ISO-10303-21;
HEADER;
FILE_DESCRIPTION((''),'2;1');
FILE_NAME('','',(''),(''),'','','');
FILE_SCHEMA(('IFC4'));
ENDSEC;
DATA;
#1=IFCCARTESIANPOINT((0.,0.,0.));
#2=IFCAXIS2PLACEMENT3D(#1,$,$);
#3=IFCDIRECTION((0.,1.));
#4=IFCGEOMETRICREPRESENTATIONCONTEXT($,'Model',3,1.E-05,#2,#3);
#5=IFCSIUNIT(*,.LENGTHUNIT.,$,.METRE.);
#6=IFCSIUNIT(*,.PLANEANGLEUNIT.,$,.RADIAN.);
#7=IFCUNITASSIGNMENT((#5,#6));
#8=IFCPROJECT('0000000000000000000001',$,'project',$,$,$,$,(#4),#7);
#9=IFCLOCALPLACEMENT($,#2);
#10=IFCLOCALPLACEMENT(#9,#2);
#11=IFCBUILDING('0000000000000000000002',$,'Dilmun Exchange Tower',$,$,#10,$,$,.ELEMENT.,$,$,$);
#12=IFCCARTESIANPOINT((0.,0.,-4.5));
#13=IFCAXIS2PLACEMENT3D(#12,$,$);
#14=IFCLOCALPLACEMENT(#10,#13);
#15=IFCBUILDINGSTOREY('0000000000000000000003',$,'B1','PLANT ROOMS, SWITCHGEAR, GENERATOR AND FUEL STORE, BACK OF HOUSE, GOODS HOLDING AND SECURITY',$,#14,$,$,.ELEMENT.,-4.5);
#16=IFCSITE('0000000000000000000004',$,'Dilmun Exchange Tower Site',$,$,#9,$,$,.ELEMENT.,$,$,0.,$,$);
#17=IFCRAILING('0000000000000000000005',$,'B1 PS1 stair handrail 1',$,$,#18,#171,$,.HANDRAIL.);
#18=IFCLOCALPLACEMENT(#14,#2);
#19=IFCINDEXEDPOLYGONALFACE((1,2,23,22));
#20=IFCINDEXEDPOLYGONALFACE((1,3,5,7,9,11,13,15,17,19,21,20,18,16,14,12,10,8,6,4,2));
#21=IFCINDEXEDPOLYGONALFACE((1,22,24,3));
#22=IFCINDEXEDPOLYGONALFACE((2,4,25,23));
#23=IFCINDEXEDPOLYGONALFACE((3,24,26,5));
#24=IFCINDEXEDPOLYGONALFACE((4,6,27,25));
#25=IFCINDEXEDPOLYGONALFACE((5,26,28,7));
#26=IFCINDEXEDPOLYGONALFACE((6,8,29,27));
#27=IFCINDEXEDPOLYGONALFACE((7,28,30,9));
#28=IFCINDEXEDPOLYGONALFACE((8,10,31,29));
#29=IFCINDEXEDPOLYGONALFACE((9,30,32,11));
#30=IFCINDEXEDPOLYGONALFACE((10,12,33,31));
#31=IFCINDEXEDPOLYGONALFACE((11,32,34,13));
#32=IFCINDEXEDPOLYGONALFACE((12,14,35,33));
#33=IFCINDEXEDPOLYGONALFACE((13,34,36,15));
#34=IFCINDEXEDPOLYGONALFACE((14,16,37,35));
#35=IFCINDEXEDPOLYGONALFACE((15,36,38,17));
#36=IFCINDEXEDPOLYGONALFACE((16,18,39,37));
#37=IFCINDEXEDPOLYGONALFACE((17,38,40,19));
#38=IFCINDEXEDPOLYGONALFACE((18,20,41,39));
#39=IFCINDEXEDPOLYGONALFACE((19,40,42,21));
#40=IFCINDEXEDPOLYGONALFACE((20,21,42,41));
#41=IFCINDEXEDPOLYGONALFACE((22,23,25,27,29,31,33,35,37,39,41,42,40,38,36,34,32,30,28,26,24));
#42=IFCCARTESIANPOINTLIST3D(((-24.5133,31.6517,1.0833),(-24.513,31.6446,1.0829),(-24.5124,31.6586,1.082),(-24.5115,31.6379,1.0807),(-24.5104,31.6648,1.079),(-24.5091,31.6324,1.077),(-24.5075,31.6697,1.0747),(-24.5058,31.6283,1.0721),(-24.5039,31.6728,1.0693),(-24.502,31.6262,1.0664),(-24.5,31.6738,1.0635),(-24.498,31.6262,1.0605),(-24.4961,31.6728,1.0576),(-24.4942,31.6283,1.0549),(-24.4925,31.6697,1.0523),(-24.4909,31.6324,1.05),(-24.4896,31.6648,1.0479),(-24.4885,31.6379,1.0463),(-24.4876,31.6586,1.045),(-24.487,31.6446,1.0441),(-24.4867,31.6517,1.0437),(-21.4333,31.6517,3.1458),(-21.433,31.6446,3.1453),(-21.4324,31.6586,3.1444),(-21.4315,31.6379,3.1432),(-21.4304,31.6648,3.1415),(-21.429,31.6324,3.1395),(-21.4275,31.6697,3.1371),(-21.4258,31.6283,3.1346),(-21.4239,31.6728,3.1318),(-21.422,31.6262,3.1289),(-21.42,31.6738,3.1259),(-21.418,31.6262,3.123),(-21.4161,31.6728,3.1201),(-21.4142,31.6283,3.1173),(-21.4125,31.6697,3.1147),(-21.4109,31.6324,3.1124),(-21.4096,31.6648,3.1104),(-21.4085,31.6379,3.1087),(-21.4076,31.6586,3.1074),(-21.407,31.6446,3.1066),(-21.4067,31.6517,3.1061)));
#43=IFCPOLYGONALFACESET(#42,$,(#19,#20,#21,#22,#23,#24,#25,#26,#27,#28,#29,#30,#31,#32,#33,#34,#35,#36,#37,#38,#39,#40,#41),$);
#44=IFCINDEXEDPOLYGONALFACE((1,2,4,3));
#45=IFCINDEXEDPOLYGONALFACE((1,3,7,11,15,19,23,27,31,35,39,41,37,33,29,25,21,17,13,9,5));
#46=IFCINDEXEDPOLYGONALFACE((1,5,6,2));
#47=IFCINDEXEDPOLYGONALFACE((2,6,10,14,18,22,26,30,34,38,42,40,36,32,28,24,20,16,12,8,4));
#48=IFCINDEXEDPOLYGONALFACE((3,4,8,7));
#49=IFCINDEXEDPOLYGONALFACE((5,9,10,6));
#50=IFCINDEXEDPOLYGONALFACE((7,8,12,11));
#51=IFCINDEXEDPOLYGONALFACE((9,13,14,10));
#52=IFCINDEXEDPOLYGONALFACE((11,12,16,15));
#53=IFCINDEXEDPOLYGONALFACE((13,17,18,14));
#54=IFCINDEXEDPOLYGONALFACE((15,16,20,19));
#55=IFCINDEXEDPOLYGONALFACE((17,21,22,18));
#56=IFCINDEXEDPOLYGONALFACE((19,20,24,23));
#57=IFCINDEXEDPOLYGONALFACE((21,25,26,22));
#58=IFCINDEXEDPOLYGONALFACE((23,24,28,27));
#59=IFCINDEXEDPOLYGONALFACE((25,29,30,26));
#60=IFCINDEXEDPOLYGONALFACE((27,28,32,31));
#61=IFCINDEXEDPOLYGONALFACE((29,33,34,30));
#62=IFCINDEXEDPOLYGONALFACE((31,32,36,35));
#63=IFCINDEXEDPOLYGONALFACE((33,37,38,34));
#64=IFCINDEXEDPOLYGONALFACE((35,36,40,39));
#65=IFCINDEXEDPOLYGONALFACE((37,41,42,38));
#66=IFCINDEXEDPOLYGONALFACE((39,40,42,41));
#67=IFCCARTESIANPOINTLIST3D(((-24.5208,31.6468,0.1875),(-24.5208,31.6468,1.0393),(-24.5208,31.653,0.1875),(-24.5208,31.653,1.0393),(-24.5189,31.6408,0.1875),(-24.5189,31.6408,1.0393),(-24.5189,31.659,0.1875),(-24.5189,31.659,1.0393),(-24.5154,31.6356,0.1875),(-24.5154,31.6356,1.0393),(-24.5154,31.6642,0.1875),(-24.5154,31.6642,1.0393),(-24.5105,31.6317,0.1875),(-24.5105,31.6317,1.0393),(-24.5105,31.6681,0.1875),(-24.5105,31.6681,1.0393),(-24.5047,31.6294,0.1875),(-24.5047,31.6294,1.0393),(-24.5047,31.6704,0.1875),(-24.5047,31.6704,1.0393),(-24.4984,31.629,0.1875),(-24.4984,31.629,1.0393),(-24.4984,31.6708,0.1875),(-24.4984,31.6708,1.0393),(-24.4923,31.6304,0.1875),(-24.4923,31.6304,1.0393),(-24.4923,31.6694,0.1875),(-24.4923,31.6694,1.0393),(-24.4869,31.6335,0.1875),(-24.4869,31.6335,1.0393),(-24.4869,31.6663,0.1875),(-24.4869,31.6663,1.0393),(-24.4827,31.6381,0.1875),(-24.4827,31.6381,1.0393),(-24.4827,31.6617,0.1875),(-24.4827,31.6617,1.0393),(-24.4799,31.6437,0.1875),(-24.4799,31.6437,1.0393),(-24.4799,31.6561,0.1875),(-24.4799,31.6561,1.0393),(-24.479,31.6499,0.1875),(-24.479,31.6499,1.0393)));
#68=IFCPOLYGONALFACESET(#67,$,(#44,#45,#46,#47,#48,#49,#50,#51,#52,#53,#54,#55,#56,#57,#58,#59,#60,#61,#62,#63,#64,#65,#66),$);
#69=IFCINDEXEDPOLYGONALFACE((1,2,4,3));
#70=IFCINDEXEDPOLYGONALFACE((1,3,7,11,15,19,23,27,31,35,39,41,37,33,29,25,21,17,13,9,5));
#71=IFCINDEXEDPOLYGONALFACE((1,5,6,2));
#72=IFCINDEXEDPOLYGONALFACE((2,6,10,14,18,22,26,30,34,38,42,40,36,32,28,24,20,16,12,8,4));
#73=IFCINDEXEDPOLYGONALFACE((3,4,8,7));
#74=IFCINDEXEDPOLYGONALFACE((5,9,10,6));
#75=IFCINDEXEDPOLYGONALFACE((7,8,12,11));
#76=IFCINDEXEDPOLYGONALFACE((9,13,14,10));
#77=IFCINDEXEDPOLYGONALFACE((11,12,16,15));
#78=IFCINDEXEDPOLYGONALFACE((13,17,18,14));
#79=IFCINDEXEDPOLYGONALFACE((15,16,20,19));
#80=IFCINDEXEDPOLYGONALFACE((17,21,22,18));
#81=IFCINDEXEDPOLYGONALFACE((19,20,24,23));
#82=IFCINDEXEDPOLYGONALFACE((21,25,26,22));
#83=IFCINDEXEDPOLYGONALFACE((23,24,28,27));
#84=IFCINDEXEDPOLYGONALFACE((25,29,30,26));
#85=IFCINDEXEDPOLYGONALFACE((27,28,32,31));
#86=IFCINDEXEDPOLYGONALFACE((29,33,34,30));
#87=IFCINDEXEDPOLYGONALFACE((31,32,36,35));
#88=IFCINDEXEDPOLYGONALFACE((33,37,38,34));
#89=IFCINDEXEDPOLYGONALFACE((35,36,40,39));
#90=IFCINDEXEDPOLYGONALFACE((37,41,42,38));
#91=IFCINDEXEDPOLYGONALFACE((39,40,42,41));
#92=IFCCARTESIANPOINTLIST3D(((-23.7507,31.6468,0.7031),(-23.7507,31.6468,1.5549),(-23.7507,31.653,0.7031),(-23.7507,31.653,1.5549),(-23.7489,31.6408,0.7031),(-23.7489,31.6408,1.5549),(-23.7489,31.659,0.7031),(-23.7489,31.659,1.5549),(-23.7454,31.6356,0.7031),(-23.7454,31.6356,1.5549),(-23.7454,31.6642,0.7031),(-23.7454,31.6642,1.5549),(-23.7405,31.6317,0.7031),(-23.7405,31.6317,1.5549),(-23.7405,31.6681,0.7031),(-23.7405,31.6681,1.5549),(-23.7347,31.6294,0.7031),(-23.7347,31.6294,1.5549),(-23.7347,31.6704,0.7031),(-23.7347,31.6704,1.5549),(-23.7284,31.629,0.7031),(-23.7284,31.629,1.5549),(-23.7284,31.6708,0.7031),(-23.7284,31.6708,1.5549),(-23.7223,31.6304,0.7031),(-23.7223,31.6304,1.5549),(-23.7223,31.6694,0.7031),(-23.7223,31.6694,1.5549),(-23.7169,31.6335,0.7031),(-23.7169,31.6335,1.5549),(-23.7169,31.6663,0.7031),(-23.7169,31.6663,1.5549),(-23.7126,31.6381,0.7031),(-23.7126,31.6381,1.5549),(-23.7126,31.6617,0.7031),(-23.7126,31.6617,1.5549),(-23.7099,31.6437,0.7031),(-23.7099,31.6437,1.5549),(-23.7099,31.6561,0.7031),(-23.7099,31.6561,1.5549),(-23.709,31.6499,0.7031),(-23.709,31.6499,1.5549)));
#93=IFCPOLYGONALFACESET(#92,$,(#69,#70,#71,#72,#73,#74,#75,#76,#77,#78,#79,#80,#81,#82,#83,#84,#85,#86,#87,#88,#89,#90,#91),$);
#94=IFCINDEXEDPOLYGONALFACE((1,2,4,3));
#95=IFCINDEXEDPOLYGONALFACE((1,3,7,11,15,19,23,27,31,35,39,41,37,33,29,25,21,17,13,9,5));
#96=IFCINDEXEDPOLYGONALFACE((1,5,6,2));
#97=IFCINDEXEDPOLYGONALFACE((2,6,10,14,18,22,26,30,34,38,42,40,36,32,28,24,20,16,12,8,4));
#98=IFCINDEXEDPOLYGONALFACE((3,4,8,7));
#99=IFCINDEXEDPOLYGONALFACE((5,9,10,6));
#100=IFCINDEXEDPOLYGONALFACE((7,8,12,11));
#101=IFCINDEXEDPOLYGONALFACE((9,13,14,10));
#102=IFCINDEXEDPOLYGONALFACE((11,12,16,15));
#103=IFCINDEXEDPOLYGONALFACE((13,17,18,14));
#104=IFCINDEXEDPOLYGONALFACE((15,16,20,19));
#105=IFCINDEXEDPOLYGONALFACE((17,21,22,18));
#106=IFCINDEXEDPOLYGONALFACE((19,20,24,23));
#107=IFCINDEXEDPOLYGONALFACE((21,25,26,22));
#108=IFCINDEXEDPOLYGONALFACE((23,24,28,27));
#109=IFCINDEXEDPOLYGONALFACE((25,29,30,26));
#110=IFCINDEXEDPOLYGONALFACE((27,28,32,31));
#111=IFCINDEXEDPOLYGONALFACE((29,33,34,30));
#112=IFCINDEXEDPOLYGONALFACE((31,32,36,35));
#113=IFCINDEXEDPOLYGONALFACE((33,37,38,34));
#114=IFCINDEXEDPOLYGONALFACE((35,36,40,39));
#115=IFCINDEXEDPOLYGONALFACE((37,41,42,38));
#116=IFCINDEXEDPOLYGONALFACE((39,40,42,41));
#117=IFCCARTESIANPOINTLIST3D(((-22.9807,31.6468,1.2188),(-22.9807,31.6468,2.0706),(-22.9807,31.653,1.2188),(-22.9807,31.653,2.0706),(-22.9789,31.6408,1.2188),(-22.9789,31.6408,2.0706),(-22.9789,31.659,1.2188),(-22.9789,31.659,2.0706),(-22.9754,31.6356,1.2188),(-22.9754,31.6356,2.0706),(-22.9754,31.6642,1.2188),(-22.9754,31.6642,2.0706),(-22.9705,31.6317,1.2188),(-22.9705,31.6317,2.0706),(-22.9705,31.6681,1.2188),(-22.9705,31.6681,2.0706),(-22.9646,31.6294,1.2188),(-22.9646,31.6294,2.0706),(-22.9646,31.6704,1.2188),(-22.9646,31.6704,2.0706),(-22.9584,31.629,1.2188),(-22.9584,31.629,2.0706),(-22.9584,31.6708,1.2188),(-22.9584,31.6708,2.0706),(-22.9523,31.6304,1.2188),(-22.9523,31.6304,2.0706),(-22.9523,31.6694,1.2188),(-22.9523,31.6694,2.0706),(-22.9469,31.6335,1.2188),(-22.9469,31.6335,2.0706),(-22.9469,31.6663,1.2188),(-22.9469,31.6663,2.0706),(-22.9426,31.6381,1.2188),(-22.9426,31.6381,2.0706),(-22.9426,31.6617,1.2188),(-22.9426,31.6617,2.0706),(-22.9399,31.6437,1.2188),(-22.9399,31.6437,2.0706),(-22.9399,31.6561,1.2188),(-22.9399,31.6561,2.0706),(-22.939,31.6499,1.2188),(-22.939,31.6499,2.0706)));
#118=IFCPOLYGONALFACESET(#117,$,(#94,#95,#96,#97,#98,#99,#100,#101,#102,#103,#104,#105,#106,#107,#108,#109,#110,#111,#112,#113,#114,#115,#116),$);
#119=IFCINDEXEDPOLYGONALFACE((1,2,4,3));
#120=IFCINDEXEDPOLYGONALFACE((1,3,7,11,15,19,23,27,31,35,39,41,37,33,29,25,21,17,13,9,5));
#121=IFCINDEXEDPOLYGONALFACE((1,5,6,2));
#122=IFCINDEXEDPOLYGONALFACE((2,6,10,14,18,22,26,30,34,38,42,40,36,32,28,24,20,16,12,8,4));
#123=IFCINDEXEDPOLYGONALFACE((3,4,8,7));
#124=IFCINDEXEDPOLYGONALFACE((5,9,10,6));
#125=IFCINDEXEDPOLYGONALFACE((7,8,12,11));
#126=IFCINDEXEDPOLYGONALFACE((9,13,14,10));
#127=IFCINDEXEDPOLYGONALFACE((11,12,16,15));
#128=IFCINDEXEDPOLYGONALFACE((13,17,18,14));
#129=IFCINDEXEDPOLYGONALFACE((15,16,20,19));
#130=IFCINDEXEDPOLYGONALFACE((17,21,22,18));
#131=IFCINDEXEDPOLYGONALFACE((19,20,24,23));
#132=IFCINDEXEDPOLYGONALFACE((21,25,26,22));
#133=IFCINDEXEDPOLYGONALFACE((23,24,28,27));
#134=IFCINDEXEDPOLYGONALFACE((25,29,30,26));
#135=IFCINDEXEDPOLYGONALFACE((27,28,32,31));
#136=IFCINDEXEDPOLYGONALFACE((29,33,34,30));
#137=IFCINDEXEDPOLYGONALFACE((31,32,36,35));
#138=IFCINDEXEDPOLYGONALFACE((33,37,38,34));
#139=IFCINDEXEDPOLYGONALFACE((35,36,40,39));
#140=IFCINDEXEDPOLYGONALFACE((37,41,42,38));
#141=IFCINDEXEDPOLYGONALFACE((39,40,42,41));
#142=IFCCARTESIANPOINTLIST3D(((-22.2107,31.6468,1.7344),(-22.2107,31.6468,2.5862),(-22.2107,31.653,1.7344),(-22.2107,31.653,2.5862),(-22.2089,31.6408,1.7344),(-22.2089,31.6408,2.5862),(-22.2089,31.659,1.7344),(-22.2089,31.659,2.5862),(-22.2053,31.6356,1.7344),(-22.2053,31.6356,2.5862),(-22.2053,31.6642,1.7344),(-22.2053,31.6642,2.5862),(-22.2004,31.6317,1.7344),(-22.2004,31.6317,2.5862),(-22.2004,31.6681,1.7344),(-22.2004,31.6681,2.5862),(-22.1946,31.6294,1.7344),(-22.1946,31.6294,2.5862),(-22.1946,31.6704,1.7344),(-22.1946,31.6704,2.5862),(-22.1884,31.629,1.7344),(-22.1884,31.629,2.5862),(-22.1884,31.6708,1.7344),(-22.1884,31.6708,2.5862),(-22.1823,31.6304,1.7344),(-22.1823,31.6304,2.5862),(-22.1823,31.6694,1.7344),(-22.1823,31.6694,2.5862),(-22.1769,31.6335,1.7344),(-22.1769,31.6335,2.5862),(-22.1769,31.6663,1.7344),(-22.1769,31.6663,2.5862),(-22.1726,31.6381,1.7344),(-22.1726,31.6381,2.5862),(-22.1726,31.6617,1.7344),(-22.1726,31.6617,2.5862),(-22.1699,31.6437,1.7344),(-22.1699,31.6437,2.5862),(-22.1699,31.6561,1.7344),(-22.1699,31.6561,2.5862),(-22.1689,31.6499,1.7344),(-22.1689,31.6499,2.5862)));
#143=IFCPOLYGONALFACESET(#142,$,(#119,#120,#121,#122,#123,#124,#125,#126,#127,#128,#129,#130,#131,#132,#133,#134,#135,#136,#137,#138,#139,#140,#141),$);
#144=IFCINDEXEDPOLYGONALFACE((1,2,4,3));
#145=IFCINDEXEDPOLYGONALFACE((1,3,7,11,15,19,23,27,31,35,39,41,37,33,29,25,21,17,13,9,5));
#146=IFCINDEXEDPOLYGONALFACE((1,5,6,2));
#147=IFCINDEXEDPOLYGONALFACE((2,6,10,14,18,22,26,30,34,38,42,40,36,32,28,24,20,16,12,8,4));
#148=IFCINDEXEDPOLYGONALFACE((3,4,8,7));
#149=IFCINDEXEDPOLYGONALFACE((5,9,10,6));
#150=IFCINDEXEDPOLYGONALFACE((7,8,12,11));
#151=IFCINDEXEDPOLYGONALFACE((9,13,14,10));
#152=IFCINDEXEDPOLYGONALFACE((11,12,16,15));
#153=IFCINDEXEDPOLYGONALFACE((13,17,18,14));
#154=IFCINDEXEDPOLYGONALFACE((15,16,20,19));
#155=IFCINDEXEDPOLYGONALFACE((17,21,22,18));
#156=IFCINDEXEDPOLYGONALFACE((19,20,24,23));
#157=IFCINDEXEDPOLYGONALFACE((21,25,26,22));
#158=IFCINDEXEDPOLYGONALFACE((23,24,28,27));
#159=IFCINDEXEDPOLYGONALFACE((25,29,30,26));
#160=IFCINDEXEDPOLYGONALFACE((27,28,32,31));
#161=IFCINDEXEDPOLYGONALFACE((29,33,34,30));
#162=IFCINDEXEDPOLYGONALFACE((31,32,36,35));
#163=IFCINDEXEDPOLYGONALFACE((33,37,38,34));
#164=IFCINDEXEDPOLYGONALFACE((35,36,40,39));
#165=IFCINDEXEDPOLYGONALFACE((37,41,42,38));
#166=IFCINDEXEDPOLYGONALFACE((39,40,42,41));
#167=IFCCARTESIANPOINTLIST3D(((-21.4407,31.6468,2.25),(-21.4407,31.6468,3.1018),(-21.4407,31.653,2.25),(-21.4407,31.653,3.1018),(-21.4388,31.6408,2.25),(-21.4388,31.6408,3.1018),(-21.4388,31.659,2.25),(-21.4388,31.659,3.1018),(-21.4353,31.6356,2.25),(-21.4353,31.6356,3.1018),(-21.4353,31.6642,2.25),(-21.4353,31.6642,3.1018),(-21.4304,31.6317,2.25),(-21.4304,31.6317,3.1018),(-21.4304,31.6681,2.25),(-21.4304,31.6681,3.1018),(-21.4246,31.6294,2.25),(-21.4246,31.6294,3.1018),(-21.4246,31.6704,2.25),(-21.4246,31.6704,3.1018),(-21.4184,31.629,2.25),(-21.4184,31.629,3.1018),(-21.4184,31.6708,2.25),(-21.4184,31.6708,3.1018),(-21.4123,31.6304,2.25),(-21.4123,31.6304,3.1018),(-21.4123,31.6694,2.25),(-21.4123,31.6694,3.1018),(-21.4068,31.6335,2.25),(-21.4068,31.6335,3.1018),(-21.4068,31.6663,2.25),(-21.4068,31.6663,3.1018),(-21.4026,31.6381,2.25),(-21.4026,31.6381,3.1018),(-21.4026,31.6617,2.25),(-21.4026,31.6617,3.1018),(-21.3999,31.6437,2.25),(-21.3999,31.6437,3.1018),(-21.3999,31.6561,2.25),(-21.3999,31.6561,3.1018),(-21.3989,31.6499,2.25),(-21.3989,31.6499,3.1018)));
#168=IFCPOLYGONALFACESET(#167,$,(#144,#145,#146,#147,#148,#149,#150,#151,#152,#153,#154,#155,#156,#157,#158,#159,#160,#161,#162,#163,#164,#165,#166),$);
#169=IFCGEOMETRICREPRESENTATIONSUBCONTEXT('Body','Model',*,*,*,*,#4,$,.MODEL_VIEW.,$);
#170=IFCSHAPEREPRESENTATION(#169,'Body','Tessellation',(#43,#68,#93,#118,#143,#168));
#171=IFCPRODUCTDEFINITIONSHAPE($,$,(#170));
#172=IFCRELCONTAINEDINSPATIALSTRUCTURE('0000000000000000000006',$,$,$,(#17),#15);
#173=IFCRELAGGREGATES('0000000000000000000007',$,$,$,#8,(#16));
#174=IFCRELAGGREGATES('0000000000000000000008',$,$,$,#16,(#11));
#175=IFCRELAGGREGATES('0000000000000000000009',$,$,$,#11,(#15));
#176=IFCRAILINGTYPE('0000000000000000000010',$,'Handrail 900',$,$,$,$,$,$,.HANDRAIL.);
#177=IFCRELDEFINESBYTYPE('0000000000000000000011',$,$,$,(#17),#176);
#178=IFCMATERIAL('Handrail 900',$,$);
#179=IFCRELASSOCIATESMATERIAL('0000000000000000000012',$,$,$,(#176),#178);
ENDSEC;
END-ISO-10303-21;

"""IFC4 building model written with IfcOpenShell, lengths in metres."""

from ifc_helpers import new_model, si_unit, direction, frame, origin, origin_2d, place, context, subcontext, project, spatial, circle, extrude, material, type_object, element, save


model = new_model("IFC4")

# Units and contexts
model_context = context("Model", 3, precision=1e-05, world=origin(), true_north=direction((0.0, 1.0)))
body_context = subcontext(model_context, "Body", "Model", "MODEL_VIEW")
ifc_project = project(units=[si_unit("LENGTHUNIT", "METRE"), si_unit("PLANEANGLEUNIT", "RADIAN")], contexts=[model_context])

# Site, building, storey
site_placement = place(None, origin())
site = spatial("IfcSite", under=ifc_project, at=site_placement, Name="Dilmun Exchange Tower Site", CompositionType="ELEMENT", RefElevation=0.0)
building_placement = place(site_placement, origin())
building = spatial("IfcBuilding", under=site, at=building_placement, Name="Dilmun Exchange Tower", CompositionType="ELEMENT")
storey_placement = place(building_placement, frame((0.0, 0.0, -4.5)))
storey = spatial("IfcBuildingStorey", under=building, at=storey_placement, Name="B1", Description="PLANT ROOMS, SWITCHGEAR, GENERATOR AND FUEL STORE, BACK OF HOUSE, GOODS HOLDING AND SECURITY", CompositionType="ELEMENT", Elevation=-4.5)

# Railing
ifc_material_1 = material(Name="Handrail 900")
railing_type_1 = type_object("IfcRailingType", Name="Handrail 900", PredefinedType="HANDRAIL", material=ifc_material_1)
railing_1_placement = place(storey_placement, frame((-24.5, 31.6499, 0.1875)))
element("IfcRailing", 1, at=railing_1_placement, inside=storey, type_object=railing_type_1, Name="B1 PS1 stair handrail 1", PredefinedType="HANDRAIL", context=body_context, shape_type="SweptSolid", body=[
    extrude(circle(Radius=0.0239, at=origin_2d()), frame((0.0, 0.0, 0.876), z_axis=(0.830914, 0.0, 0.556401), x_axis=(0.0, 1.0, 0.0)), (0.0, 0.0, 1.0), 3.7068),
    extrude(circle(Radius=0.021, at=origin_2d()), origin(), (0.0, 0.0, 1.0), 0.8518),
    extrude(circle(Radius=0.021, at=origin_2d()), frame((0.77, 0.0, 0.5156)), (0.0, 0.0, 1.0), 0.8518),
    extrude(circle(Radius=0.021, at=origin_2d()), frame((1.54, 0.0, 1.0312)), (0.0, 0.0, 1.0), 0.8518),
    extrude(circle(Radius=0.021, at=origin_2d()), frame((2.3101, 0.0, 1.5469)), (0.0, 0.0, 1.0), 0.8518),
    extrude(circle(Radius=0.021, at=origin_2d()), frame((3.0801, 0.0, 2.0625)), (0.0, 0.0, 1.0), 0.8518),
])

save(model, "model.ifc")
